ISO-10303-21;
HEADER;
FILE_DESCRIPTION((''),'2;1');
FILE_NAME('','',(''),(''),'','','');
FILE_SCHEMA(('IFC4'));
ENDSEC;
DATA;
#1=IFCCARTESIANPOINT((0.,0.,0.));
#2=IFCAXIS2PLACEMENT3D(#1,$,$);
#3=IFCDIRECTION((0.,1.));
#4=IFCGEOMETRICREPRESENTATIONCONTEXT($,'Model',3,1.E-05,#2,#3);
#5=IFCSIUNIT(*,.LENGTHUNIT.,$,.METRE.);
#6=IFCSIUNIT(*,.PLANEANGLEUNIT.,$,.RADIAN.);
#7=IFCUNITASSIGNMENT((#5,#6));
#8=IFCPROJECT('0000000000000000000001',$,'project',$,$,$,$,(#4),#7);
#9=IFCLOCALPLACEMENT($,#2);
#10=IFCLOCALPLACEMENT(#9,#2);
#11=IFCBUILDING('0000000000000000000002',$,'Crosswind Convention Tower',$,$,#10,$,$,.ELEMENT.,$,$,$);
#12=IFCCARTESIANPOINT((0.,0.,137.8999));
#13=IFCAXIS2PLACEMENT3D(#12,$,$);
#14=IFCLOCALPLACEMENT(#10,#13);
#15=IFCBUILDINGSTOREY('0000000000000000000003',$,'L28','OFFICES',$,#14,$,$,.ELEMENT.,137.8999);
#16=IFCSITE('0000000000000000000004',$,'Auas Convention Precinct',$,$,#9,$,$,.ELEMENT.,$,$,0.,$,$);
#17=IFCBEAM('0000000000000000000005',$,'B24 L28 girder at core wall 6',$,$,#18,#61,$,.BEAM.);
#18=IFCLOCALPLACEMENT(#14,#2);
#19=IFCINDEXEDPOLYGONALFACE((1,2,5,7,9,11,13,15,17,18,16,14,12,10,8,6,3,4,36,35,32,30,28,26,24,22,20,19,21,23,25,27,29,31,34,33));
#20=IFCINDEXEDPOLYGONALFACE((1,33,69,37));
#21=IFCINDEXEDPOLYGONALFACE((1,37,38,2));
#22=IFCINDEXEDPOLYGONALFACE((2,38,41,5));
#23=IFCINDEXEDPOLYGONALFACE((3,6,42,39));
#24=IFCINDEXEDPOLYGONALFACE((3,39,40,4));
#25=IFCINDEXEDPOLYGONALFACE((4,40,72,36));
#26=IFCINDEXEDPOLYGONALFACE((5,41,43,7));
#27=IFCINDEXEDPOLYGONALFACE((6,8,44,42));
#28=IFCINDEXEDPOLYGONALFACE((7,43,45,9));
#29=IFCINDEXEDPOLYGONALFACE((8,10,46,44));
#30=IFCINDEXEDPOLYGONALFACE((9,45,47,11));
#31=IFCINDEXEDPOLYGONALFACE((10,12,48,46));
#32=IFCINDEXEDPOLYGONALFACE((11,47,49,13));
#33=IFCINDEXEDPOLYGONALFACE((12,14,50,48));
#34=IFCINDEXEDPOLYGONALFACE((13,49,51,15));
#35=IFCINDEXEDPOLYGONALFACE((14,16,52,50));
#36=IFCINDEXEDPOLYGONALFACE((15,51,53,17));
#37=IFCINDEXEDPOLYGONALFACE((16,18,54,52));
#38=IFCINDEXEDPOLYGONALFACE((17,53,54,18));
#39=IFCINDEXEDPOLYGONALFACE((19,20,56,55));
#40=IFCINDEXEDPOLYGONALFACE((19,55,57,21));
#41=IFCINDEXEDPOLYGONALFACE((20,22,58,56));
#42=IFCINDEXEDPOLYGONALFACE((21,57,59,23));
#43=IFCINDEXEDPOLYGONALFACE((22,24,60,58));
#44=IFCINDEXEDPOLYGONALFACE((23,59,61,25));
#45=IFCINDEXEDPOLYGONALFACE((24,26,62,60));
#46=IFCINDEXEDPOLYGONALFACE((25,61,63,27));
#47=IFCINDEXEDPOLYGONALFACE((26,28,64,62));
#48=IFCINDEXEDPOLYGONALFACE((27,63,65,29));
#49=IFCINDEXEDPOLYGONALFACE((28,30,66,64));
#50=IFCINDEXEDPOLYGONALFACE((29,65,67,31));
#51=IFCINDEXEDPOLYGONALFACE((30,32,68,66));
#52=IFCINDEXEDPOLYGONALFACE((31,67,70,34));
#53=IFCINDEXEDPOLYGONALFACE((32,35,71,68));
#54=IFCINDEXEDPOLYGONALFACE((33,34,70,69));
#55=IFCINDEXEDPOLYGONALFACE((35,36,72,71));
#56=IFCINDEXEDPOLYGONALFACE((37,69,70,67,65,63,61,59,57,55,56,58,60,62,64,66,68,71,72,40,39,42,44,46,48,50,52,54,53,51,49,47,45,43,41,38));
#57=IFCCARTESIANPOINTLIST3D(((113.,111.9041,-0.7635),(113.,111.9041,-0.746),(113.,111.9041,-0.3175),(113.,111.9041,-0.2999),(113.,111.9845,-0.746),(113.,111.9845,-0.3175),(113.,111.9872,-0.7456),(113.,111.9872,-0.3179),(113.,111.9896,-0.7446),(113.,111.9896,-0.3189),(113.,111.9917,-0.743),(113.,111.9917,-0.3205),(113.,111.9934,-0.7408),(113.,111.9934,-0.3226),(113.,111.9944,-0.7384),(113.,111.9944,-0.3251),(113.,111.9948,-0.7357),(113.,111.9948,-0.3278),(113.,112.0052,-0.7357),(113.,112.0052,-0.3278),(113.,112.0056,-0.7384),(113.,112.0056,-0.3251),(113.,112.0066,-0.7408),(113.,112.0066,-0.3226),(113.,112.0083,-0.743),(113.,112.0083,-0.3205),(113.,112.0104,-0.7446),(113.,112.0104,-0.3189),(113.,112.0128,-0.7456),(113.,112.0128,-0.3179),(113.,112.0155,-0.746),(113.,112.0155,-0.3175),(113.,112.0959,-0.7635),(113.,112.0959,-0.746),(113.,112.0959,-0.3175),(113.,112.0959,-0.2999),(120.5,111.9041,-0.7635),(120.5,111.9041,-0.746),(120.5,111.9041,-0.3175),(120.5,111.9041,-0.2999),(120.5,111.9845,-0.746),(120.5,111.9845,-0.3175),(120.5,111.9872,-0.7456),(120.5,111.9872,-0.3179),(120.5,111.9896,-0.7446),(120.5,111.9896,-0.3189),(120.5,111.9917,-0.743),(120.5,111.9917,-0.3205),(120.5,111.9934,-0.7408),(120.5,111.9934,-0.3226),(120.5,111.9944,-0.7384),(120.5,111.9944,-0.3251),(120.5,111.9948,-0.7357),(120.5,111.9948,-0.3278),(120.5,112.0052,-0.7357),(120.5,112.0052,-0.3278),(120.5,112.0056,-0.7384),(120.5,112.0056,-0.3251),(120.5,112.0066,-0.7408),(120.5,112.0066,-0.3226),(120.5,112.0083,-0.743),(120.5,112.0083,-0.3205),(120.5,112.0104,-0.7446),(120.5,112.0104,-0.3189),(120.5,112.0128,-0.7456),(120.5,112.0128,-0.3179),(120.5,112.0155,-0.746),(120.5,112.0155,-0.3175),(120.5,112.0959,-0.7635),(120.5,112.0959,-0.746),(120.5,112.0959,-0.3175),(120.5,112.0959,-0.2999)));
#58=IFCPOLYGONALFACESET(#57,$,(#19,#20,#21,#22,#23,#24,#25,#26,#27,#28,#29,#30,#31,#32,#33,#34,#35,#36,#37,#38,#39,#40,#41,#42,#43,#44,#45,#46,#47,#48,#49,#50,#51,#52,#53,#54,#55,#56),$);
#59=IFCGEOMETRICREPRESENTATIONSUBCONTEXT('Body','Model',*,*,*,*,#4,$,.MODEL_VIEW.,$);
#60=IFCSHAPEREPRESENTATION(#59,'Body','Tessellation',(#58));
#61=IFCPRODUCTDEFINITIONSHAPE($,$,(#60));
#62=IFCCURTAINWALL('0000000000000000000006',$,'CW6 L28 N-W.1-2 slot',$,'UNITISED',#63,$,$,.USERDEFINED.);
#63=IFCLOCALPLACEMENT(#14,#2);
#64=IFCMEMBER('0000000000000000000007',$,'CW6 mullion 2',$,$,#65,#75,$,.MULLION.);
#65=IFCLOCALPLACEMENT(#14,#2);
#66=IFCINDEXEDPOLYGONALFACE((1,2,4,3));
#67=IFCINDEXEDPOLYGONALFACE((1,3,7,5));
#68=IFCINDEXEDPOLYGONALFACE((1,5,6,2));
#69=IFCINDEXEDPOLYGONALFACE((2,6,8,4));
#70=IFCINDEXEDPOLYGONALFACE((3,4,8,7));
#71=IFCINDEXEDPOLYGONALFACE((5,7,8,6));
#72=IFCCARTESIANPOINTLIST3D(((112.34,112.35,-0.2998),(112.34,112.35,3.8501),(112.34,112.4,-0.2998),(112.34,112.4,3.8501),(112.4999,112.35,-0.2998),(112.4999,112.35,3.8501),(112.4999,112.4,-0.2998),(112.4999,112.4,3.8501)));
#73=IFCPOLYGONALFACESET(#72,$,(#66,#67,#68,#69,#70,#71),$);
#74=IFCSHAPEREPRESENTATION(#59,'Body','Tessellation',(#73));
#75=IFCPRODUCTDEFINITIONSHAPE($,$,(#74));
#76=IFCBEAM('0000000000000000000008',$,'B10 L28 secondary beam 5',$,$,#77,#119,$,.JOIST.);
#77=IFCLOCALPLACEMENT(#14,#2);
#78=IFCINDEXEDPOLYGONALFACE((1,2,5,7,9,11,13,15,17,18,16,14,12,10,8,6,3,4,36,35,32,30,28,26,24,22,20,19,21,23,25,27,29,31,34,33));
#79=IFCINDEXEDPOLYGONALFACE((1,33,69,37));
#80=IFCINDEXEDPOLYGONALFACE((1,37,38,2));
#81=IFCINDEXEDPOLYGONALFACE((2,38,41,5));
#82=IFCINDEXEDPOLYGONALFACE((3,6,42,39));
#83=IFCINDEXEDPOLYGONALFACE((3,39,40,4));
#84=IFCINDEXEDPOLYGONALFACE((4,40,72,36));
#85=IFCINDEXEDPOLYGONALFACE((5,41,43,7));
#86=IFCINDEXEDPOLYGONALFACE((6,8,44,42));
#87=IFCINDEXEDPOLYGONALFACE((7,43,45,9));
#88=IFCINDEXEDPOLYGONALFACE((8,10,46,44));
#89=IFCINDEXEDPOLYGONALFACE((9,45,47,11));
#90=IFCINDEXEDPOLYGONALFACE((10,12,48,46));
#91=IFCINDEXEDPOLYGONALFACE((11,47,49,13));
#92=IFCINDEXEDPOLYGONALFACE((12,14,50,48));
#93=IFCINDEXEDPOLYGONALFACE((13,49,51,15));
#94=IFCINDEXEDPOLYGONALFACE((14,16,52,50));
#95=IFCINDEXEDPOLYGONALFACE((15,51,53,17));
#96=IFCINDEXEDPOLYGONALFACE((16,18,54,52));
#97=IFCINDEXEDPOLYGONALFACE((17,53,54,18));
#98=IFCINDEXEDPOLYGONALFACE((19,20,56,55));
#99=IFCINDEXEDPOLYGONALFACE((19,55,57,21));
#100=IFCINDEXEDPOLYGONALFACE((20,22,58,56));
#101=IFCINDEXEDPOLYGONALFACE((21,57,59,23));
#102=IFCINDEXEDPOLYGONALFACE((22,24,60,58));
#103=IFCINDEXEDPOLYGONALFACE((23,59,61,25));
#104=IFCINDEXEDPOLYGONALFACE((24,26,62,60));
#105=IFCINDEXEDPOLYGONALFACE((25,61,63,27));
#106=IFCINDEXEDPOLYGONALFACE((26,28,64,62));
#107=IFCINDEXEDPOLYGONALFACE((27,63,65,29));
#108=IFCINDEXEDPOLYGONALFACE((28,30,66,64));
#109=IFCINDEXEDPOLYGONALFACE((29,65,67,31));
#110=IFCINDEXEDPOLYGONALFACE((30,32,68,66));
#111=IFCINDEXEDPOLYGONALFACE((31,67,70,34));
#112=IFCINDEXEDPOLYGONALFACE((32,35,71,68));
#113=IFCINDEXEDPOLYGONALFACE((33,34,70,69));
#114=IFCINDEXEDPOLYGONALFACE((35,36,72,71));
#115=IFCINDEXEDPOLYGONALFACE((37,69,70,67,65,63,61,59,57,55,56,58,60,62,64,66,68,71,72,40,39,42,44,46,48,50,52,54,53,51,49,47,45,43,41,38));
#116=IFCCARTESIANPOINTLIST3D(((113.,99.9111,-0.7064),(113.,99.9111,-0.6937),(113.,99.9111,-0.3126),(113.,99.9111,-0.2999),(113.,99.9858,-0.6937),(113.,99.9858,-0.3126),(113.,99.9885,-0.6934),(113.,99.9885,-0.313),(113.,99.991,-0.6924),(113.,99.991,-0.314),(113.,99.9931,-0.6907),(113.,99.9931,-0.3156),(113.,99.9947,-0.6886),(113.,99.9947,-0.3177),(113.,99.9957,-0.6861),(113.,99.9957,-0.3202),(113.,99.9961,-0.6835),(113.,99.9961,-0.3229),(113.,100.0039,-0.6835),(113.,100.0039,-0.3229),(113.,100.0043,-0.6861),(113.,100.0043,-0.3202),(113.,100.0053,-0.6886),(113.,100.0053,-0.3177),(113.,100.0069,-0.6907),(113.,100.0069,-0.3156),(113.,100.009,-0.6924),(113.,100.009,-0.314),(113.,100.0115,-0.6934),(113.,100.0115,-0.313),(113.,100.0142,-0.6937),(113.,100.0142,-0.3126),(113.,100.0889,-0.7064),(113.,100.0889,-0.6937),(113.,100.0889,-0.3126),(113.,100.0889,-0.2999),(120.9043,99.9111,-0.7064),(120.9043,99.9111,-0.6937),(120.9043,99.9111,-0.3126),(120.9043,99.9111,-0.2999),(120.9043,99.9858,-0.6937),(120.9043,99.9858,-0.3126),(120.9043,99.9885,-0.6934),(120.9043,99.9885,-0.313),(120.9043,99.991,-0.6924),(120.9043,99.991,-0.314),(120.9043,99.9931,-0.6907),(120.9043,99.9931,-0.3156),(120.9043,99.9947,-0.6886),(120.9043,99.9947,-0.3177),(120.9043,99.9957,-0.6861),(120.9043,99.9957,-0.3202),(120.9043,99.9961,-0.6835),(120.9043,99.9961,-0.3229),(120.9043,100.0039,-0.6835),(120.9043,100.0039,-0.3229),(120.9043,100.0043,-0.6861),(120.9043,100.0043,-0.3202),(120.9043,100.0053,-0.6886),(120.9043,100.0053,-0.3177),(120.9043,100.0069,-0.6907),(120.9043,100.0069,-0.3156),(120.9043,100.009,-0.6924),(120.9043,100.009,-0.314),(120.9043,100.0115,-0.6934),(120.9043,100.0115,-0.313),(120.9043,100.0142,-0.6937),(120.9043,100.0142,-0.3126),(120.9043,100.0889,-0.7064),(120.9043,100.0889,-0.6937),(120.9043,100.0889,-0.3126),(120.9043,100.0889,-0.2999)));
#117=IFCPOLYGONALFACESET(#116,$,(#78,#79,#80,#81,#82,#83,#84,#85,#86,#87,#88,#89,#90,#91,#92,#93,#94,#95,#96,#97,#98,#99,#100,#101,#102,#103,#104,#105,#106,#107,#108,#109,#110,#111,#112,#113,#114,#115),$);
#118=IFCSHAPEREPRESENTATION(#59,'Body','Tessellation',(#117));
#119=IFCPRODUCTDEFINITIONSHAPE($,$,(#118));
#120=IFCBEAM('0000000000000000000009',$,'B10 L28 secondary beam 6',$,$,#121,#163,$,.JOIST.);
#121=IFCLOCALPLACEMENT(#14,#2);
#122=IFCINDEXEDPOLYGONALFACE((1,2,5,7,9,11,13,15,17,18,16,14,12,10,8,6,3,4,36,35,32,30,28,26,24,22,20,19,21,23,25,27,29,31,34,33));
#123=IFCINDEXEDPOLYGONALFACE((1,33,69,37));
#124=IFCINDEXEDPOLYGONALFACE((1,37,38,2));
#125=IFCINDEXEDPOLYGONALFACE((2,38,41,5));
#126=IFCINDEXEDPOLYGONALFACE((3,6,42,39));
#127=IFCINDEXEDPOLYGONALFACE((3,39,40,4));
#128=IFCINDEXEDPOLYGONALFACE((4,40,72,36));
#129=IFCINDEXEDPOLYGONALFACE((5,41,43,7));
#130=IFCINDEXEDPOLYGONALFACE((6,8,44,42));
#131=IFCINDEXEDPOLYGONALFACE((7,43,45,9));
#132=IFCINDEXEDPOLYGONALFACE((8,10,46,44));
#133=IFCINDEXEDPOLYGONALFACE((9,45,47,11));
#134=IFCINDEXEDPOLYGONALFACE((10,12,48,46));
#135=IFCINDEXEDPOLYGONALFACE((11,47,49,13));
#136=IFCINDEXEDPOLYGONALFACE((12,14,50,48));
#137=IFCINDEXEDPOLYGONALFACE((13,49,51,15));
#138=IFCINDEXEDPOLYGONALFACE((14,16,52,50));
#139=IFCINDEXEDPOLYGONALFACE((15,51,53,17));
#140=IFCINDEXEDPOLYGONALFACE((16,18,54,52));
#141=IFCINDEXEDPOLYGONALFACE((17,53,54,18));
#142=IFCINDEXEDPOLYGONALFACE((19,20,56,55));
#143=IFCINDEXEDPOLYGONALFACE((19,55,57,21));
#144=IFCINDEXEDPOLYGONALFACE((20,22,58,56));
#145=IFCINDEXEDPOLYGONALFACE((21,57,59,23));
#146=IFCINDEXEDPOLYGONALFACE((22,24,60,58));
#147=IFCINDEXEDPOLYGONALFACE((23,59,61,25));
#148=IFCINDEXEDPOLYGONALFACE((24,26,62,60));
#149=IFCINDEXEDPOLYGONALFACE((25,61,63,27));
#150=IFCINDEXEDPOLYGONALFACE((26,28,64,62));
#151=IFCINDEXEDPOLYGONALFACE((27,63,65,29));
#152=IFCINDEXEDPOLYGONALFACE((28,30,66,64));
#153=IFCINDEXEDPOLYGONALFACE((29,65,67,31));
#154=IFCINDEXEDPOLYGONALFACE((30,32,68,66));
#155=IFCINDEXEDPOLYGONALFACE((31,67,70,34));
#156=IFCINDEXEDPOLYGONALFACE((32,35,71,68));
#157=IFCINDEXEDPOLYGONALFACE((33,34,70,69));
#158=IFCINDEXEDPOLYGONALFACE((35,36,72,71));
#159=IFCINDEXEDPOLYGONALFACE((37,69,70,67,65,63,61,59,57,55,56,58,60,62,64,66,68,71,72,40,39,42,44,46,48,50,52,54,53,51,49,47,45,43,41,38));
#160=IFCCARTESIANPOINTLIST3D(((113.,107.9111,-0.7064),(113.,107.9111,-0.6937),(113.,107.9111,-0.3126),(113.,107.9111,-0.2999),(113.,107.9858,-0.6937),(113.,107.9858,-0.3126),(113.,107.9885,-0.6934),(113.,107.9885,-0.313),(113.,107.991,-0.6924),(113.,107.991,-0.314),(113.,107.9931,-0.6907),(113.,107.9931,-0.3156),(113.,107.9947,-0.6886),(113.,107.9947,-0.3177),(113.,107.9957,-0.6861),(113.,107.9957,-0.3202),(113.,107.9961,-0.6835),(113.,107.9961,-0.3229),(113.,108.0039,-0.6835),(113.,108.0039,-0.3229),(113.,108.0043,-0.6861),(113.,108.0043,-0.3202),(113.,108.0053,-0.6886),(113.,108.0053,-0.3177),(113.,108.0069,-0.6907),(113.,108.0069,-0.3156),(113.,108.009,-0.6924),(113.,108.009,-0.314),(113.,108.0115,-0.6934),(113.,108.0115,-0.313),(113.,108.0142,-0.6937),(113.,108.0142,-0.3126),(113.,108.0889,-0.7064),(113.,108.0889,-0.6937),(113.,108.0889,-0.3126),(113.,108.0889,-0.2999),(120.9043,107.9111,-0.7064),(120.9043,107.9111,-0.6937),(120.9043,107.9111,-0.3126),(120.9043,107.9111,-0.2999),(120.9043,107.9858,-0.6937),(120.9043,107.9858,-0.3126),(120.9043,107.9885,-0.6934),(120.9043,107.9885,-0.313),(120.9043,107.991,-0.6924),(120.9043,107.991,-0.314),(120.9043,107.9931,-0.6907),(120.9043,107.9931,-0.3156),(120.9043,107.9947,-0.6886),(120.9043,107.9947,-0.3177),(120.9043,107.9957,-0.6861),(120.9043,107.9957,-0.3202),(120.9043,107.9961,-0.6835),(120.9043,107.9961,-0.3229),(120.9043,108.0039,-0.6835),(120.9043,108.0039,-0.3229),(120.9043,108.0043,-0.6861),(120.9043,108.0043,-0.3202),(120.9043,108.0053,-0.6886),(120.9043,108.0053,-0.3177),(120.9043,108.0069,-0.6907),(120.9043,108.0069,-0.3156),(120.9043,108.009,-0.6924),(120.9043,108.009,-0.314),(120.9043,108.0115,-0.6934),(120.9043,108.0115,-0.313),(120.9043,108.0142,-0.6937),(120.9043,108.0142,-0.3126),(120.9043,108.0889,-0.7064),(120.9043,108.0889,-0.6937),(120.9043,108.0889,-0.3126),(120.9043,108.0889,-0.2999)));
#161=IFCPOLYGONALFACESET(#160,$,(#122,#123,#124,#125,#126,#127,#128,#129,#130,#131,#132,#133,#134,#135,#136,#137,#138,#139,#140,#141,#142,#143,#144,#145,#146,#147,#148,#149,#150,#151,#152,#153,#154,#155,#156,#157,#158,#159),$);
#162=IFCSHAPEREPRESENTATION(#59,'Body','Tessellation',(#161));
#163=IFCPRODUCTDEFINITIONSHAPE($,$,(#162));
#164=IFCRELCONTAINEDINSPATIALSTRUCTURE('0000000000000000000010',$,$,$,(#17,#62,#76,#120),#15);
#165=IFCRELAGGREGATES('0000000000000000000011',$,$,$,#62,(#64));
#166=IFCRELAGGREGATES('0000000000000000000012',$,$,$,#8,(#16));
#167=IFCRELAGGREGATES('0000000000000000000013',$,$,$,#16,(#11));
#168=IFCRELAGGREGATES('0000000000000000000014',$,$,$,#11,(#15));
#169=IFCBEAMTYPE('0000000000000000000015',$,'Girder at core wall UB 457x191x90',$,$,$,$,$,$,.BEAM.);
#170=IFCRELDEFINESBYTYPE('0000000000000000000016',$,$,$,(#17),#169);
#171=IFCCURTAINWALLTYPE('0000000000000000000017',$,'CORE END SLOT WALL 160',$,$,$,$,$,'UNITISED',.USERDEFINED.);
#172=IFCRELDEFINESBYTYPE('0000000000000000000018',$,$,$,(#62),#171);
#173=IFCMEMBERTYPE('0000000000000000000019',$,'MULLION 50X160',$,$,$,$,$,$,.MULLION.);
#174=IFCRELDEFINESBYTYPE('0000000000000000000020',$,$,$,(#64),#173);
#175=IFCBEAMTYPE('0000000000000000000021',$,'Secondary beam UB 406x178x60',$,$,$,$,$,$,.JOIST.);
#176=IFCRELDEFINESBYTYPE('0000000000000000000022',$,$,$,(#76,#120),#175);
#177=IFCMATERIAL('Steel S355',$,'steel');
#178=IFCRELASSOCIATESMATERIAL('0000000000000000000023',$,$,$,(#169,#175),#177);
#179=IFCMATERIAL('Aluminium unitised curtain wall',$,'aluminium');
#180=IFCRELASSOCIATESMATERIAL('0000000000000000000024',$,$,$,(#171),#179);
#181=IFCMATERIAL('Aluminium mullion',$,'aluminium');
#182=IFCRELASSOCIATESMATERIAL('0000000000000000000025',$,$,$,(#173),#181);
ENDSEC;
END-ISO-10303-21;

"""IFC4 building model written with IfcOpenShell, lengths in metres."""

from ifc_helpers import new_model, si_unit, direction, frame, origin, origin_2d, place, context, subcontext, project, spatial, rectangle, i_section, extrude, material, material_profile, profile_set, type_object, element, aggregate, save


model = new_model("IFC4")

# Units and contexts
model_context = context("Model", 3, precision=1e-05, world=origin(), true_north=direction((0.0, 1.0)))
body_context = subcontext(model_context, "Body", "Model", "MODEL_VIEW")
ifc_project = project(units=[si_unit("LENGTHUNIT", "METRE"), si_unit("PLANEANGLEUNIT", "RADIAN")], contexts=[model_context])

# Site, building, storey
site_placement = place(None, origin())
site = spatial("IfcSite", under=ifc_project, at=site_placement, Name="Auas Convention Precinct", CompositionType="ELEMENT", RefElevation=0.0)
building_placement = place(site_placement, origin())
building = spatial("IfcBuilding", under=site, at=building_placement, Name="Crosswind Convention Tower", CompositionType="ELEMENT")
storey_placement = place(building_placement, frame((0.0, 0.0, 137.8999)))
storey = spatial("IfcBuildingStorey", under=building, at=storey_placement, Name="L28", Description="OFFICES", CompositionType="ELEMENT", Elevation=137.8999)

# Beam
ifc_material_1 = material(Name="Steel S355", Category="steel")
ifc_material_profile_1 = material_profile(ifc_material_1, i_section(OverallWidth=0.1919, OverallDepth=0.4636, WebThickness=0.0105, FlangeThickness=0.0176, FilletRadius=0.0103, at=origin_2d()), Name="UB 457x191x90")
ifc_profile_set_1 = profile_set([ifc_material_profile_1], Name="Steel S355")
beam_type_1 = type_object("IfcBeamType", Name="Girder at core wall UB 457x191x90", PredefinedType="BEAM", material=ifc_profile_set_1)
for number, where, z_axis, x_axis, name in (
    (1, (113.0, 112.0, -0.5317), (1.0, 0.0, 0.0), (0.0, 1.0, 0.0), "B24 L28 girder at core wall 6"),
):
    element("IfcBeam", number, at=place(storey_placement, frame(where, z_axis=z_axis, x_axis=x_axis)), inside=storey, type_object=beam_type_1, Name=name, PredefinedType="BEAM", context=body_context, shape_type="SweptSolid", body=[
        extrude(i_section(OverallWidth=0.1919, OverallDepth=0.4636, WebThickness=0.0105, FlangeThickness=0.0176, FilletRadius=0.0103, at=origin_2d()), origin(), (0.0, 0.0, 1.0), 7.5),
    ])

# Curtain wall, member
ifc_material_2 = material(Name="Aluminium unitised curtain wall", Category="aluminium")
curtain_wall_type = type_object("IfcCurtainWallType", Name="CORE END SLOT WALL 160", ElementType="UNITISED", PredefinedType="USERDEFINED", material=ifc_material_2)
curtain_wall_placement = place(storey_placement, origin())
curtain_wall = element("IfcCurtainWall", 2, at=curtain_wall_placement, inside=storey, type_object=curtain_wall_type, Name="CW6 L28 N-W.1-2 slot", ObjectType="UNITISED", PredefinedType="USERDEFINED")
ifc_material_3 = material(Name="Aluminium mullion", Category="aluminium")
ifc_material_profile_2 = material_profile(ifc_material_3, rectangle(XDim=0.1599, YDim=0.05, at=origin_2d()), Name="AL 160X50")
ifc_profile_set_2 = profile_set([ifc_material_profile_2], Name="Aluminium mullion")
member_type = type_object("IfcMemberType", Name="MULLION 50X160", PredefinedType="MULLION", material=ifc_profile_set_2)
member_placement = place(storey_placement, frame((112.4199, 112.375, -0.2998), z_axis=(0.0, 0.0, 1.0), x_axis=(-1.0, 0.0, 0.0)))
member = element("IfcMember", 3, at=member_placement, type_object=member_type, Name="CW6 mullion 2", PredefinedType="MULLION", context=body_context, shape_type="SweptSolid", body=[
    extrude(rectangle(XDim=0.1599, YDim=0.05, at=origin_2d()), origin(), (0.0, 0.0, 1.0), 4.1499),
])
aggregate(curtain_wall, [member])

# Beams
ifc_material_profile_3 = material_profile(ifc_material_1, i_section(OverallWidth=0.1777, OverallDepth=0.4065, WebThickness=0.0078, FlangeThickness=0.0127, FilletRadius=0.0103, at=origin_2d()), Name="UB 406x178x60")
ifc_profile_set_3 = profile_set([ifc_material_profile_3], Name="Steel S355")
beam_type_2 = type_object("IfcBeamType", Name="Secondary beam UB 406x178x60", PredefinedType="JOIST", material=ifc_profile_set_3)
for number, where, z_axis, x_axis, name in (
    (4, (113.0, 100.0, -0.5032), (1.0, 0.0, 0.0), (0.0, 1.0, 0.0), "B10 L28 secondary beam 5"),
    (5, (113.0, 108.0, -0.5032), (1.0, 0.0, 0.0), (0.0, 1.0, 0.0), "B10 L28 secondary beam 6"),
):
    element("IfcBeam", number, at=place(storey_placement, frame(where, z_axis=z_axis, x_axis=x_axis)), inside=storey, type_object=beam_type_2, Name=name, PredefinedType="JOIST", context=body_context, shape_type="SweptSolid", body=[
        extrude(i_section(OverallWidth=0.1777, OverallDepth=0.4065, WebThickness=0.0078, FlangeThickness=0.0127, FilletRadius=0.0103, at=origin_2d()), origin(), (0.0, 0.0, 1.0), 7.9043),
    ])

save(model, "model.ifc")
